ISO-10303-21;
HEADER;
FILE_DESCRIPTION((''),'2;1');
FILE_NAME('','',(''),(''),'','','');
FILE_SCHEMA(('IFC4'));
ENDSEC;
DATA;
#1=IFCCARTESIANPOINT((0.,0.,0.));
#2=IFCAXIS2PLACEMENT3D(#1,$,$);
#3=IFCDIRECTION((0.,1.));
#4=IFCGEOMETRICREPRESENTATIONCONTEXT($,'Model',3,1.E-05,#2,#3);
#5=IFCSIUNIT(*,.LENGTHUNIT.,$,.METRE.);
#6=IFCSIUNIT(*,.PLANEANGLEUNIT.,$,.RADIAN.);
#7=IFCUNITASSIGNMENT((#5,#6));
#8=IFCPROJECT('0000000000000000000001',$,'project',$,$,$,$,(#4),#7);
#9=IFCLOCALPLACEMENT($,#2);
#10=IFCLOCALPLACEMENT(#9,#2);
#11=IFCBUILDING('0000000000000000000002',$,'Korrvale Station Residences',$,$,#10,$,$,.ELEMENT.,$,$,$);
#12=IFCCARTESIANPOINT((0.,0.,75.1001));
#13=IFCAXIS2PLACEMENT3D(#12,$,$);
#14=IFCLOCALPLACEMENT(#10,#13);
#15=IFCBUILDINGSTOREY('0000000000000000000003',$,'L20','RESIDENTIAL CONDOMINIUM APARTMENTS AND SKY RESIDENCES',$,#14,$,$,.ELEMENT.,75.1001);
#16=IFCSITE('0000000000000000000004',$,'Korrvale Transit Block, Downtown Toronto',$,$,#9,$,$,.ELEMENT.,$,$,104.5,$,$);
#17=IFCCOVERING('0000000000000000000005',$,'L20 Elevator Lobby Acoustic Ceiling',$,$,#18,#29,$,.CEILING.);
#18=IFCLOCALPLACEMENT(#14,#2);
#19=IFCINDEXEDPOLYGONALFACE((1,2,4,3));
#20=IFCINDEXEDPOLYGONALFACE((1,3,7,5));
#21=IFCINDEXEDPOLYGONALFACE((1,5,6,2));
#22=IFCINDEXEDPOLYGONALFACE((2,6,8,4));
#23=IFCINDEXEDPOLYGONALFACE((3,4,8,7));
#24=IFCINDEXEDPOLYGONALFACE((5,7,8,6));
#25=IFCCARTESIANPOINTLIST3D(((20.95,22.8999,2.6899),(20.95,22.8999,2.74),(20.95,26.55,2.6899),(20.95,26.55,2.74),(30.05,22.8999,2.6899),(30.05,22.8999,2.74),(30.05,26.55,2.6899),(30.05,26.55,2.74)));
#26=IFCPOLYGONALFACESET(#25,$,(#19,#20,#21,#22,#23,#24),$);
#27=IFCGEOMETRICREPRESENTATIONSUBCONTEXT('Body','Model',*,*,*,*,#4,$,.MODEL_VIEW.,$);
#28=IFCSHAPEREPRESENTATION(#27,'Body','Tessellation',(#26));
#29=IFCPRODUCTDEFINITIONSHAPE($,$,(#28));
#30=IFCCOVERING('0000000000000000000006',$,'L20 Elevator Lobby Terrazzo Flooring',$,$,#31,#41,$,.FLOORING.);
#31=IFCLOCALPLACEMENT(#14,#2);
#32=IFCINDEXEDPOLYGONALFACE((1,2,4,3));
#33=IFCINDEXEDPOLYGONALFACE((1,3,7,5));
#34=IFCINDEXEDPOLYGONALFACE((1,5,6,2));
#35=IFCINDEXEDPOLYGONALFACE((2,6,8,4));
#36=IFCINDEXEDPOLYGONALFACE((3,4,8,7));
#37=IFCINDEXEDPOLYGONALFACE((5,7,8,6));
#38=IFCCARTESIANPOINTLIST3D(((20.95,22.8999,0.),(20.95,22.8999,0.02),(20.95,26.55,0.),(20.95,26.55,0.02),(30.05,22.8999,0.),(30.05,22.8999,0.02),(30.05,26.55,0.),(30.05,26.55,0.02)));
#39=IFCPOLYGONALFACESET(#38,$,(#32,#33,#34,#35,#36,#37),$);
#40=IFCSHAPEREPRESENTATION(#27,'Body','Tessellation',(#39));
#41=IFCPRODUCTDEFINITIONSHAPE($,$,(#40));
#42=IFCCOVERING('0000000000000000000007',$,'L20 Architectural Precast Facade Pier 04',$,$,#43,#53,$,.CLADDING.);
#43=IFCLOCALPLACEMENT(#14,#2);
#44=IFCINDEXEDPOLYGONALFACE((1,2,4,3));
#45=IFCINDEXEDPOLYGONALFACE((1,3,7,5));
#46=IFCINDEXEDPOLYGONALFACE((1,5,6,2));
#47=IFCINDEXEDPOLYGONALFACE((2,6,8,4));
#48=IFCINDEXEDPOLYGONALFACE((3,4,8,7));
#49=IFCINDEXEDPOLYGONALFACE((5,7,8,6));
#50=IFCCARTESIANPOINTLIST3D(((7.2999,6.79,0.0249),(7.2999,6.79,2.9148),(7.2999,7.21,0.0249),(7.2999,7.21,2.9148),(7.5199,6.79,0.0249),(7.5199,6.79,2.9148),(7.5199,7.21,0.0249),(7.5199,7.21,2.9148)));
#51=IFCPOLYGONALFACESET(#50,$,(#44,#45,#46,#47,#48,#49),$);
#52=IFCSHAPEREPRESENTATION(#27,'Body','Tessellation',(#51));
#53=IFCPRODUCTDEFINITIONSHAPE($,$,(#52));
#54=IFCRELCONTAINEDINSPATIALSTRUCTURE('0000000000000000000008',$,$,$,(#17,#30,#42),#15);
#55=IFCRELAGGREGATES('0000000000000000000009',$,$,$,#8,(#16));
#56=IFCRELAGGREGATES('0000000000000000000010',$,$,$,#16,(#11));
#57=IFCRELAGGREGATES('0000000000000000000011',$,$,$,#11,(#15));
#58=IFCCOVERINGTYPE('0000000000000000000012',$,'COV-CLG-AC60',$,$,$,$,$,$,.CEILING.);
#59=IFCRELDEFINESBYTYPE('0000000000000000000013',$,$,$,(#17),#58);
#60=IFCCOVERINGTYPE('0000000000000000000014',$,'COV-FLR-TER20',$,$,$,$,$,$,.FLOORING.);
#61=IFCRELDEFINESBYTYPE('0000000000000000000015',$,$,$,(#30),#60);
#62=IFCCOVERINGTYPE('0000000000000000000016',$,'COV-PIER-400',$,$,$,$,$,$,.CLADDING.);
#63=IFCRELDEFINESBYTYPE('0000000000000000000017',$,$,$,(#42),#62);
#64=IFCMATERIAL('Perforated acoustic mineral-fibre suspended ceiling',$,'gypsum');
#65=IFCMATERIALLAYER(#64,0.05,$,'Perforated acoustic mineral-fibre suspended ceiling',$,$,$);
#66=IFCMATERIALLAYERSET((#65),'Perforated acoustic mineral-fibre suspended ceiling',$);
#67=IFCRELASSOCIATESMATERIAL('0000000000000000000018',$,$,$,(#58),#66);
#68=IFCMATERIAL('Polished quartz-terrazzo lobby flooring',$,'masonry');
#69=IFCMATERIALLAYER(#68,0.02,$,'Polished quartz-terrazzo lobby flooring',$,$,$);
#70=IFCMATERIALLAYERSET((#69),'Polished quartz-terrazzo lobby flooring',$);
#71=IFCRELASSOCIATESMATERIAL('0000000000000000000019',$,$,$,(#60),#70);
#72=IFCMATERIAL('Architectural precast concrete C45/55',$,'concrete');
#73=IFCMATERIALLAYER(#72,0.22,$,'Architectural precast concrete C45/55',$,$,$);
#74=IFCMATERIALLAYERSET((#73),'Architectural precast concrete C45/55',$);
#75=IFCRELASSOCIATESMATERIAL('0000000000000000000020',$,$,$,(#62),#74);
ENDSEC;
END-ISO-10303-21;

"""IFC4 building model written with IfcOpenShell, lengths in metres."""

from ifc_helpers import new_model, si_unit, direction, frame, origin, origin_2d, place, context, subcontext, project, spatial, polyline, rectangle, outline, extrude, material, layer, layer_set, type_object, element, save


model = new_model("IFC4")

# Units and contexts
model_context = context("Model", 3, precision=1e-05, world=origin(), true_north=direction((0.0, 1.0)))
body_context = subcontext(model_context, "Body", "Model", "MODEL_VIEW")
ifc_project = project(units=[si_unit("LENGTHUNIT", "METRE"), si_unit("PLANEANGLEUNIT", "RADIAN")], contexts=[model_context])

# Site, building, storey
site_placement = place(None, origin())
site = spatial("IfcSite", under=ifc_project, at=site_placement, Name="Korrvale Transit Block, Downtown Toronto", CompositionType="ELEMENT", RefElevation=104.5)
building_placement = place(site_placement, origin())
building = spatial("IfcBuilding", under=site, at=building_placement, Name="Korrvale Station Residences", CompositionType="ELEMENT")
storey_placement = place(building_placement, frame((0.0, 0.0, 75.1001)))
storey = spatial("IfcBuildingStorey", under=building, at=storey_placement, Name="L20", Description="RESIDENTIAL CONDOMINIUM APARTMENTS AND SKY RESIDENCES", CompositionType="ELEMENT", Elevation=75.1001)

# Coverings
ifc_material_1 = material(Name="Perforated acoustic mineral-fibre suspended ceiling", Category="gypsum")
ifc_layer_1 = layer(ifc_material_1, 0.05, Name="Perforated acoustic mineral-fibre suspended ceiling")
ifc_layer_set_1 = layer_set([ifc_layer_1], Name="Perforated acoustic mineral-fibre suspended ceiling")
covering_type_1 = type_object("IfcCoveringType", Name="COV-CLG-AC60", PredefinedType="CEILING", material=ifc_layer_set_1)
covering_1_placement = place(storey_placement, frame((0.0, 0.0, 2.6899)))
element("IfcCovering", 1, at=covering_1_placement, inside=storey, type_object=covering_type_1, Name="L20 Elevator Lobby Acoustic Ceiling", PredefinedType="CEILING", context=body_context, shape_type="SweptSolid", body=[
    extrude(outline(polyline([(20.95, 22.8999), (30.05, 22.8999), (30.05, 26.55), (20.95, 26.55), (20.95, 22.8999)])), origin(), (0.0, 0.0, 1.0), 0.05),
])
ifc_material_2 = material(Name="Polished quartz-terrazzo lobby flooring", Category="masonry")
ifc_layer_2 = layer(ifc_material_2, 0.02, Name="Polished quartz-terrazzo lobby flooring")
ifc_layer_set_2 = layer_set([ifc_layer_2], Name="Polished quartz-terrazzo lobby flooring")
covering_type_2 = type_object("IfcCoveringType", Name="COV-FLR-TER20", PredefinedType="FLOORING", material=ifc_layer_set_2)
covering_2_placement = place(storey_placement, origin())
element("IfcCovering", 2, at=covering_2_placement, inside=storey, type_object=covering_type_2, Name="L20 Elevator Lobby Terrazzo Flooring", PredefinedType="FLOORING", context=body_context, shape_type="SweptSolid", body=[
    extrude(outline(polyline([(20.95, 22.8999), (30.05, 22.8999), (30.05, 26.55), (20.95, 26.55), (20.95, 22.8999)])), origin(), (0.0, 0.0, 1.0), 0.02),
])
ifc_material_3 = material(Name="Architectural precast concrete C45/55", Category="concrete")
ifc_layer_3 = layer(ifc_material_3, 0.22, Name="Architectural precast concrete C45/55")
ifc_layer_set_3 = layer_set([ifc_layer_3], Name="Architectural precast concrete C45/55")
covering_type_3 = type_object("IfcCoveringType", Name="COV-PIER-400", PredefinedType="CLADDING", material=ifc_layer_set_3)
covering_3_placement = place(storey_placement, frame((7.4099, 7.0, 0.0249), z_axis=(0.0, 0.0, 1.0), x_axis=(0.0, 1.0, 0.0)))
element("IfcCovering", 3, at=covering_3_placement, inside=storey, type_object=covering_type_3, Name="L20 Architectural Precast Facade Pier 04", PredefinedType="CLADDING", context=body_context, shape_type="SweptSolid", body=[
    extrude(rectangle(XDim=0.4199, YDim=0.22, at=origin_2d()), origin(), (0.0, 0.0, 1.0), 2.8899),
])

save(model, "model.ifc")
